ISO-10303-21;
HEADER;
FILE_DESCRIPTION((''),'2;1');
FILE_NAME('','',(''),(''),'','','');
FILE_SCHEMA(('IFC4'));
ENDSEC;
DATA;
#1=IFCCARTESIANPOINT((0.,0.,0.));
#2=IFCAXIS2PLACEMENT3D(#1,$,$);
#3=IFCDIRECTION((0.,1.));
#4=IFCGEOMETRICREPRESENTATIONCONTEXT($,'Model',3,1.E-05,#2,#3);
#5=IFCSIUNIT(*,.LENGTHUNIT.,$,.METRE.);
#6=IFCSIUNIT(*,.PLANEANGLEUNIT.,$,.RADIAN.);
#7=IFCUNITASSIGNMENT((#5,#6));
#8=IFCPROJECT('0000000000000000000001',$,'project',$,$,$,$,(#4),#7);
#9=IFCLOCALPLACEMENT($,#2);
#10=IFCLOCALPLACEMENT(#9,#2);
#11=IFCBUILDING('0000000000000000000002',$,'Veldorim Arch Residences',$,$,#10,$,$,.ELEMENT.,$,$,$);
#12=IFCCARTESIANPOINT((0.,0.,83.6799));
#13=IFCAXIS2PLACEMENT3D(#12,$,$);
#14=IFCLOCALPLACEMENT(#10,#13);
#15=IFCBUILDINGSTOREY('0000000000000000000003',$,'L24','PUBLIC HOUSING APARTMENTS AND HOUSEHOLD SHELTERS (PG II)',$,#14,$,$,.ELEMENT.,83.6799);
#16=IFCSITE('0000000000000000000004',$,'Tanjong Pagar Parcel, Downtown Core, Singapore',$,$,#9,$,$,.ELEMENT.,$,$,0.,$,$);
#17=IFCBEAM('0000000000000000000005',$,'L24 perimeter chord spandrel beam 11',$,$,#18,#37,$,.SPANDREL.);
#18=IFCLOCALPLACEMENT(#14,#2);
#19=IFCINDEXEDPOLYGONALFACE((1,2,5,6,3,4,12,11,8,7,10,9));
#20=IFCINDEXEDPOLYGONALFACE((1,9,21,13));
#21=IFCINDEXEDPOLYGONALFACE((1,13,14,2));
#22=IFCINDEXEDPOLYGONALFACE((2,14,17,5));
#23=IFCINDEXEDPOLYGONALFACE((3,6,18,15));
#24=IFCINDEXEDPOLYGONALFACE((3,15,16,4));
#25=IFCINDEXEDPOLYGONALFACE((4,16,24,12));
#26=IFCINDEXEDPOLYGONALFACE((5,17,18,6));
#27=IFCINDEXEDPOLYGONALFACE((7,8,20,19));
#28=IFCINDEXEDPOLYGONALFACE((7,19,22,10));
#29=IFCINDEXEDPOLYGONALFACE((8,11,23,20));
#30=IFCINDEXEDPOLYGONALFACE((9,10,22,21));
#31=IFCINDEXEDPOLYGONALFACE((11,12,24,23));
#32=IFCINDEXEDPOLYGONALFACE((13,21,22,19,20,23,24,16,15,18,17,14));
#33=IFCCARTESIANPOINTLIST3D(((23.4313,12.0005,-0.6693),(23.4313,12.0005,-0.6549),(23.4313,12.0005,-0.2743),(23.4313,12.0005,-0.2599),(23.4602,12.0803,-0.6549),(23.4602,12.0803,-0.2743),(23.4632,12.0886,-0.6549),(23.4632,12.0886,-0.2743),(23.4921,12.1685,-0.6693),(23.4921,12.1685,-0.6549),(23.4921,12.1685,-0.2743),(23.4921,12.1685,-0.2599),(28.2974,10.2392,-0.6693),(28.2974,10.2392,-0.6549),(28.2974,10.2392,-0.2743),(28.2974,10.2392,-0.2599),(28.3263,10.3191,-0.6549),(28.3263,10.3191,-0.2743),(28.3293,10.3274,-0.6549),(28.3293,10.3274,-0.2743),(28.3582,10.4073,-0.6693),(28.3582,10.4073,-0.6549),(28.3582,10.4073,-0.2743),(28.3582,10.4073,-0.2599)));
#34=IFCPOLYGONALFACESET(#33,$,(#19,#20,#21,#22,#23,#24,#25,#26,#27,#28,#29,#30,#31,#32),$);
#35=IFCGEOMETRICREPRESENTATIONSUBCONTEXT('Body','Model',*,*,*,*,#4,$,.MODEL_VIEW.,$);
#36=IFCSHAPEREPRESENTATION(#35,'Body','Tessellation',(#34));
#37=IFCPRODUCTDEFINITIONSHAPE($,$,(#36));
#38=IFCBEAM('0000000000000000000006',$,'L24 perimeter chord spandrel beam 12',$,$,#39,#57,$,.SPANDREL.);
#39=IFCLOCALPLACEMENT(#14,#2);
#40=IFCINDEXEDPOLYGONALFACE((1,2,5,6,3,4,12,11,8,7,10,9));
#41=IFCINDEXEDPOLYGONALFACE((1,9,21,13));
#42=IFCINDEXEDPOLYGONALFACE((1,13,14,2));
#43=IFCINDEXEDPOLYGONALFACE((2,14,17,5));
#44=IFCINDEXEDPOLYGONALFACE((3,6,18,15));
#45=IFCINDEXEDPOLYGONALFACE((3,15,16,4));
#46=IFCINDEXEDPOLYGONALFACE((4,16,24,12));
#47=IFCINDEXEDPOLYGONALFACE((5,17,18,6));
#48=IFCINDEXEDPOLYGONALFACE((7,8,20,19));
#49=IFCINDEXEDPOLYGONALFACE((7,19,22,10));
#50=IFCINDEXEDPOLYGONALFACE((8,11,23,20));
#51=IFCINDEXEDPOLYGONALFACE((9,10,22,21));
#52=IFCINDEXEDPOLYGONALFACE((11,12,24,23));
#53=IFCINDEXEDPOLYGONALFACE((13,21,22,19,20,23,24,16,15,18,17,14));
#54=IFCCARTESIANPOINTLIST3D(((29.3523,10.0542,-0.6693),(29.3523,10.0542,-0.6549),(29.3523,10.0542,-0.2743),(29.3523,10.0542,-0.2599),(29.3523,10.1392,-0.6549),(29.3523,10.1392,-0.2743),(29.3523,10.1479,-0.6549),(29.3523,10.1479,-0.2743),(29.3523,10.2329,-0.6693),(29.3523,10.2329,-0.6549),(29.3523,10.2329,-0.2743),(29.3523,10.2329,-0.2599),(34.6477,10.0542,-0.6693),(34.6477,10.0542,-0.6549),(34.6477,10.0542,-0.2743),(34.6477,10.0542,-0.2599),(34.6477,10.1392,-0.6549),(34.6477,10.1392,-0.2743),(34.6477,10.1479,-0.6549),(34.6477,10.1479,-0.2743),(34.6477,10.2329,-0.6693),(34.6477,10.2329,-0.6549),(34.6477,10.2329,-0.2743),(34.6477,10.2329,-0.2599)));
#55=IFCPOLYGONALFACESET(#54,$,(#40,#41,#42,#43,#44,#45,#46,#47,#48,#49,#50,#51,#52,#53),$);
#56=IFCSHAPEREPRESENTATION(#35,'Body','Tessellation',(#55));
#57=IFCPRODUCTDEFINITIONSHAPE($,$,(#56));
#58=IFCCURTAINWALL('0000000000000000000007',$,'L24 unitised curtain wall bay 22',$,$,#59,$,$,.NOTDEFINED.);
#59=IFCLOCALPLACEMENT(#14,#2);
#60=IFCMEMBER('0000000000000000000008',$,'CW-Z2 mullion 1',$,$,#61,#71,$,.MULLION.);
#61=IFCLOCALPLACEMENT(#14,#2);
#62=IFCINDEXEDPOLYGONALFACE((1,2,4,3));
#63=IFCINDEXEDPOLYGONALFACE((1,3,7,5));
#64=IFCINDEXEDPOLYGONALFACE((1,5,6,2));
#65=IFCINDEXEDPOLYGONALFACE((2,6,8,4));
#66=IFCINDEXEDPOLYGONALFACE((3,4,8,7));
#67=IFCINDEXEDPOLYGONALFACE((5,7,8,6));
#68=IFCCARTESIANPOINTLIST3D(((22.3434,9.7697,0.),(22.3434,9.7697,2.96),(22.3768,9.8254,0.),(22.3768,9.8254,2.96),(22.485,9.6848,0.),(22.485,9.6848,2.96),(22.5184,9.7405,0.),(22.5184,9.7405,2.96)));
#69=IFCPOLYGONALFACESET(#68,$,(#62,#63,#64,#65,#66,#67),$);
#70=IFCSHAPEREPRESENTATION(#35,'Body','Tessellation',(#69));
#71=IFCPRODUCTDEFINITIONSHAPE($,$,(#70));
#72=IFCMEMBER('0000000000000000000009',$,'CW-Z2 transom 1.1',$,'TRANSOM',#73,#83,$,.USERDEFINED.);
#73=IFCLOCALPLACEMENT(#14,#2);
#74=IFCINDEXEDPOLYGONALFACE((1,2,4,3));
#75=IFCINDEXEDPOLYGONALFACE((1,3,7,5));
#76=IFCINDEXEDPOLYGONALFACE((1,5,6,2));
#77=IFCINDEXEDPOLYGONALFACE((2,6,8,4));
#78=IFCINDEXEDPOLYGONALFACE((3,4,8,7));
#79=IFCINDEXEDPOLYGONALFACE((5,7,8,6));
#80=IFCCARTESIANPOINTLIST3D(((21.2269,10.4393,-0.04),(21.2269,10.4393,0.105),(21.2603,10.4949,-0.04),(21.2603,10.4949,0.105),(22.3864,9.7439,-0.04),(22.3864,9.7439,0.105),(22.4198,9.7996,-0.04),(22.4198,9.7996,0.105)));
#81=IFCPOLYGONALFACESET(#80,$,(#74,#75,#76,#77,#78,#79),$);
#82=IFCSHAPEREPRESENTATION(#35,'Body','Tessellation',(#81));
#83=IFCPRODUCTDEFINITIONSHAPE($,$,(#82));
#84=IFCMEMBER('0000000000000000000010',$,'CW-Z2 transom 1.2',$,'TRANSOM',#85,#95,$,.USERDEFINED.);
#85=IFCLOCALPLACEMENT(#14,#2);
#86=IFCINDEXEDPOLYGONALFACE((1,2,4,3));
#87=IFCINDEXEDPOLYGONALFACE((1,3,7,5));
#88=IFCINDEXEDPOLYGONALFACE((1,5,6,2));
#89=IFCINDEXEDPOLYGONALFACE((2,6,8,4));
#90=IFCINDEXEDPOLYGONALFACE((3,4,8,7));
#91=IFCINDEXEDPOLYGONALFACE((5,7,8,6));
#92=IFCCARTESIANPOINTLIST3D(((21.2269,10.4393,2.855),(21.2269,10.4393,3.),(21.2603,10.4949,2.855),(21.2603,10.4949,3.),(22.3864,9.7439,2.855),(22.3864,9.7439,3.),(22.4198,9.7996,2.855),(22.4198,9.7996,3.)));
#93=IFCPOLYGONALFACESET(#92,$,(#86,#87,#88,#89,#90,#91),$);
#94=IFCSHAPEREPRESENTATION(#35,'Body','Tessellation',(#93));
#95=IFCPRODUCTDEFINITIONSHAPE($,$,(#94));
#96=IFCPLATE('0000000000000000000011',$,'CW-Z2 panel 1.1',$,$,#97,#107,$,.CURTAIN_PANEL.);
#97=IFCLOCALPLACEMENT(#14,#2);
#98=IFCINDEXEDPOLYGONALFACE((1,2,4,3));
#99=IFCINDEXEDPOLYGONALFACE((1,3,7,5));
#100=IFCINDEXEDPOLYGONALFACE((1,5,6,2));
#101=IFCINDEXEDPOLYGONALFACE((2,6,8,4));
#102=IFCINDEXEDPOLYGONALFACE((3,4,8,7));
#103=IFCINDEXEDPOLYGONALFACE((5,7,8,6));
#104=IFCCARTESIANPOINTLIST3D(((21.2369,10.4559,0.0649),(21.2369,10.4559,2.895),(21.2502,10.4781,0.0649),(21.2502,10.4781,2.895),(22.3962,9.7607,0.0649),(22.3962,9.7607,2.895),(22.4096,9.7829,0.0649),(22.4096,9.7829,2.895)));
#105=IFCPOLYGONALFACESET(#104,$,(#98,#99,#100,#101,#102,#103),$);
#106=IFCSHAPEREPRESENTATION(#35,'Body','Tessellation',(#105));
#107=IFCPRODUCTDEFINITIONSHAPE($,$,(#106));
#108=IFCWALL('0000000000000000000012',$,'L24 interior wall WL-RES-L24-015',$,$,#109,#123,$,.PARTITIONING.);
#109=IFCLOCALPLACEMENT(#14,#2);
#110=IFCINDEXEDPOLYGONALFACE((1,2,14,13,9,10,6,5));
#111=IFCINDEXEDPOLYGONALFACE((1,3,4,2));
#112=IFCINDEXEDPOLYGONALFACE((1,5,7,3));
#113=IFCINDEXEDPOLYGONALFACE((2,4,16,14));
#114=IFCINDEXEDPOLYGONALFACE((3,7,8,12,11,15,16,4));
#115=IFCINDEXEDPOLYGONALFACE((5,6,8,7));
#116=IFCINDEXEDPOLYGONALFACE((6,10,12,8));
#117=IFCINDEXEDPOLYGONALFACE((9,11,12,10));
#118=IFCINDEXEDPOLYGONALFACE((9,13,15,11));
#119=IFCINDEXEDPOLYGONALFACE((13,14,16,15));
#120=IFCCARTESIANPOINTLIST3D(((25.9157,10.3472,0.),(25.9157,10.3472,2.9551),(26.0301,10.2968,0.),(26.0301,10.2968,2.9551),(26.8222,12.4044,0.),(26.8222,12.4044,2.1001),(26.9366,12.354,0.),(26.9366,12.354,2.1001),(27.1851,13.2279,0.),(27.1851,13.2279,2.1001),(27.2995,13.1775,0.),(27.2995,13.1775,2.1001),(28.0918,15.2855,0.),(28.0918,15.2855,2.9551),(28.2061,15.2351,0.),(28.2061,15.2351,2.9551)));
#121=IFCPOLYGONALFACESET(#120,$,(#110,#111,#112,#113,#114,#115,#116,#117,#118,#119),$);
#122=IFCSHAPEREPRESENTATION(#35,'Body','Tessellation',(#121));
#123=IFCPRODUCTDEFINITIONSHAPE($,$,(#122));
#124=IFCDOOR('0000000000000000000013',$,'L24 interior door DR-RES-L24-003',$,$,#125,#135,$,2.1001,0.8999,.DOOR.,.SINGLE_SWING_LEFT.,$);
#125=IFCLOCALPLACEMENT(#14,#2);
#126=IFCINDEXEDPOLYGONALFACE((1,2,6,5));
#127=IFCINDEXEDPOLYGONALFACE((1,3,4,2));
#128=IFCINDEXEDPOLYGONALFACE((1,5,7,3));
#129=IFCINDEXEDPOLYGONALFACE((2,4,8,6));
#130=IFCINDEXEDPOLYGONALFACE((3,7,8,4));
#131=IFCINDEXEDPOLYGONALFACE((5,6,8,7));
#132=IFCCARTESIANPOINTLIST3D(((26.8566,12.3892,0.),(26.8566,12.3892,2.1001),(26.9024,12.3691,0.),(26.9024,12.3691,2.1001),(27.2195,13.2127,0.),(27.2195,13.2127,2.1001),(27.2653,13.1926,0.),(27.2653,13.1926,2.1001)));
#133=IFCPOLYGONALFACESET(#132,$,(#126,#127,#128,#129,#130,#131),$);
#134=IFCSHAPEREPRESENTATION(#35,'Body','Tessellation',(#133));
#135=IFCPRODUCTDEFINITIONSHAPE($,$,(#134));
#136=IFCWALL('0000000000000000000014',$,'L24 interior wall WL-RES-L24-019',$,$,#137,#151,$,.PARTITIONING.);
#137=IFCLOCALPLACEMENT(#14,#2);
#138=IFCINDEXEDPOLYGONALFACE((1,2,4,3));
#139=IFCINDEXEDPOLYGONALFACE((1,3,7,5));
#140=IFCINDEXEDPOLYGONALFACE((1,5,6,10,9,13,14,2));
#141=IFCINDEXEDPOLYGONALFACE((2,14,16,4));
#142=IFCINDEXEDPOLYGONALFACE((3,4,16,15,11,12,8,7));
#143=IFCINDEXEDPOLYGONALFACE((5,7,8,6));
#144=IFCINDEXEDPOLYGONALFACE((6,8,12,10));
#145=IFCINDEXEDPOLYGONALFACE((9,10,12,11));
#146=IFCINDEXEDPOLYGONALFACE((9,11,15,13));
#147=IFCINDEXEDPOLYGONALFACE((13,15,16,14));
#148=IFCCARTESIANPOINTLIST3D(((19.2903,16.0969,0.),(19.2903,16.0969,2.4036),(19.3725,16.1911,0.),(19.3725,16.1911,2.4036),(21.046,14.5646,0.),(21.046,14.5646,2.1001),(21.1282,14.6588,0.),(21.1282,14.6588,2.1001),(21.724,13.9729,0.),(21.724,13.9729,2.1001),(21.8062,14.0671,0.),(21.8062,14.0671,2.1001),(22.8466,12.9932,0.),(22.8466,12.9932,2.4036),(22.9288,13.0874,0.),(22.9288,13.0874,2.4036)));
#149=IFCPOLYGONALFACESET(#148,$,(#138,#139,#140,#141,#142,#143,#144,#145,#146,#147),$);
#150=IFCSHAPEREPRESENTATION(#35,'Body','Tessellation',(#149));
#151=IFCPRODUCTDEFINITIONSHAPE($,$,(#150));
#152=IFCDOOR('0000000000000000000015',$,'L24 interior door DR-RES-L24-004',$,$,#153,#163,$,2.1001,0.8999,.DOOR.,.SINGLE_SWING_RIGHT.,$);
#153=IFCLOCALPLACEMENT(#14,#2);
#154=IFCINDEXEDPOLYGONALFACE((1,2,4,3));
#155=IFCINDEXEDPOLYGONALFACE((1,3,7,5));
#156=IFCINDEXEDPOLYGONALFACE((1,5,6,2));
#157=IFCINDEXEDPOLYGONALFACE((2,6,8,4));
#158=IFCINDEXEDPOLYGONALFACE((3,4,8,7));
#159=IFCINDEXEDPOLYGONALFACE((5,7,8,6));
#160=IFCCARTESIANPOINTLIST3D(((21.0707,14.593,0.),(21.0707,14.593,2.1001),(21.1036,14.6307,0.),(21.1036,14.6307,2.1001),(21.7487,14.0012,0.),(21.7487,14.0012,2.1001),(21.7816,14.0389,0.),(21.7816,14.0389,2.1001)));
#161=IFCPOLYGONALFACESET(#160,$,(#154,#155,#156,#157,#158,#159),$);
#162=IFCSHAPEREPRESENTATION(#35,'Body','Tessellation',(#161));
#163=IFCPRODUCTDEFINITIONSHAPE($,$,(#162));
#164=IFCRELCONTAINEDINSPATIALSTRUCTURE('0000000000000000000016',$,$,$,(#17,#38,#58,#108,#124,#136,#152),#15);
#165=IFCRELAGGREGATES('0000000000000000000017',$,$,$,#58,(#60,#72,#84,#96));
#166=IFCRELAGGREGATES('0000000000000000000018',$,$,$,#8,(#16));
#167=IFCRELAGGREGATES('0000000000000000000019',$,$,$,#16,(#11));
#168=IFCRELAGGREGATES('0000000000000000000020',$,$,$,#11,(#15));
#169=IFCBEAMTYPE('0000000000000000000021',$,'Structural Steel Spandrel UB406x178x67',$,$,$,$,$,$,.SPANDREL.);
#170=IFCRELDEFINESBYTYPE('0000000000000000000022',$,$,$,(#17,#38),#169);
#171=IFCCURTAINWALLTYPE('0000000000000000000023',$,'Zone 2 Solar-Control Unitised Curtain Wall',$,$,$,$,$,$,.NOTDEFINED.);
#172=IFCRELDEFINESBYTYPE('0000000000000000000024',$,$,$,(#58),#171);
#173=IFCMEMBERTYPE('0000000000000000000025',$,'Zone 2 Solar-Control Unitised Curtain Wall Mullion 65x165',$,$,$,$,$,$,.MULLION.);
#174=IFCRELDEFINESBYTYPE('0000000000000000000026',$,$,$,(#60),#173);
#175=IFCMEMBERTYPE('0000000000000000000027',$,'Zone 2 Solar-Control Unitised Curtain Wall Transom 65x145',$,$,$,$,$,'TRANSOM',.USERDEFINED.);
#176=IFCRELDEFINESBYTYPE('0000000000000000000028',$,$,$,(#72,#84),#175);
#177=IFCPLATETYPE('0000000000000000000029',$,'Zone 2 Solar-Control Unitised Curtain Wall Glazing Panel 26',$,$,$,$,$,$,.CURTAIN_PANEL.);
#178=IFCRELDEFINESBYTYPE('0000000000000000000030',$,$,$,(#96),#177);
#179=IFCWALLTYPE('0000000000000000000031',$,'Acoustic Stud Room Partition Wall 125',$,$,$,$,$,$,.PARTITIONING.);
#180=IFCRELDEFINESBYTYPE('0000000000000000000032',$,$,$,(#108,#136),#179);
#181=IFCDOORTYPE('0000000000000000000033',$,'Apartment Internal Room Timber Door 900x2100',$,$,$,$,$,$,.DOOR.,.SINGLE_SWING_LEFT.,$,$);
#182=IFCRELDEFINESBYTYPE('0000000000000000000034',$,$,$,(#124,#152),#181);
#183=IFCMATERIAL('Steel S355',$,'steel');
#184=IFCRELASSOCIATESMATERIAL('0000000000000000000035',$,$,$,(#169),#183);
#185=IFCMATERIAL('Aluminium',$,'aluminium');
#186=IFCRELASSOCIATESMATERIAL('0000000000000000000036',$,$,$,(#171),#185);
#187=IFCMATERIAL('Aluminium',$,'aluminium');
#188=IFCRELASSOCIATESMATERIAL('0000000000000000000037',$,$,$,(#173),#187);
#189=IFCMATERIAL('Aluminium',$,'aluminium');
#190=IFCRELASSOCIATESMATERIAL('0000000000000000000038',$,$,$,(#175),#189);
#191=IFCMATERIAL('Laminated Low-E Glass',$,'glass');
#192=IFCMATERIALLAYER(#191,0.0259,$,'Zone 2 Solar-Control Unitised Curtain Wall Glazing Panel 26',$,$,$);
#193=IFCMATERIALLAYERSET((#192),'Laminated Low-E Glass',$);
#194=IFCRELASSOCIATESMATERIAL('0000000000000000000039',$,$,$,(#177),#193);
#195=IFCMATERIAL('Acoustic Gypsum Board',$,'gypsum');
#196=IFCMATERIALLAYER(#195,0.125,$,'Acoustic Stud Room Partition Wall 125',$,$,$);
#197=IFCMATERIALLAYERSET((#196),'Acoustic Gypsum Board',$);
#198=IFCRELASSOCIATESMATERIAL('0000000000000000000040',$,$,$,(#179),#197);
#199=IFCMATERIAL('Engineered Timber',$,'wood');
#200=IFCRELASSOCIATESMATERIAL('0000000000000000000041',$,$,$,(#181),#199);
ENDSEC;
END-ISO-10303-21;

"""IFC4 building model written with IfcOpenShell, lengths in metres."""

from ifc_helpers import new_model, si_unit, direction, frame, frame_2d, origin, origin_2d, place, context, subcontext, project, spatial, rectangle, i_section, extrude, material, layer, layer_set, material_profile, profile_set, type_object, element, fill, aggregate, save


model = new_model("IFC4")

# Units and contexts
model_context = context("Model", 3, precision=1e-05, world=origin(), true_north=direction((0.0, 1.0)))
body_context = subcontext(model_context, "Body", "Model", "MODEL_VIEW")
ifc_project = project(units=[si_unit("LENGTHUNIT", "METRE"), si_unit("PLANEANGLEUNIT", "RADIAN")], contexts=[model_context])

# Site, building, storey
site_placement = place(None, origin())
site = spatial("IfcSite", under=ifc_project, at=site_placement, Name="Tanjong Pagar Parcel, Downtown Core, Singapore", CompositionType="ELEMENT", RefElevation=0.0)
building_placement = place(site_placement, origin())
building = spatial("IfcBuilding", under=site, at=building_placement, Name="Veldorim Arch Residences", CompositionType="ELEMENT")
storey_placement = place(building_placement, frame((0.0, 0.0, 83.6799)))
storey = spatial("IfcBuildingStorey", under=building, at=storey_placement, Name="L24", Description="PUBLIC HOUSING APARTMENTS AND HOUSEHOLD SHELTERS (PG II)", CompositionType="ELEMENT", Elevation=83.6799)

# Beams
ifc_material_1 = material(Name="Steel S355", Category="steel")
ifc_material_profile_1 = material_profile(ifc_material_1, i_section(OverallWidth=0.1787, OverallDepth=0.4094, WebThickness=0.0088, FlangeThickness=0.0144, at=origin_2d()), Name="UB406x178x67")
ifc_profile_set_1 = profile_set([ifc_material_profile_1], Name="Steel S355")
beam_type_1 = type_object("IfcBeamType", Name="Structural Steel Spandrel UB406x178x67", PredefinedType="SPANDREL", material=ifc_profile_set_1)
beam_1_placement = place(storey_placement, frame((23.4617, 12.0845, -0.4646), z_axis=(0.940308, -0.340326, 0.0), x_axis=(0.340326, 0.940308, 0.0)))
element("IfcBeam", 1, at=beam_1_placement, inside=storey, type_object=beam_type_1, Name="L24 perimeter chord spandrel beam 11", PredefinedType="SPANDREL", context=body_context, shape_type="SweptSolid", body=[
    extrude(i_section(OverallWidth=0.1787, OverallDepth=0.4094, WebThickness=0.0088, FlangeThickness=0.0144, at=origin_2d()), origin(), (0.0, 0.0, 1.0), 5.175),
])
beam_2_placement = place(storey_placement, frame((29.3523, 10.1436, -0.4646), z_axis=(1.0, 0.0, 0.0), x_axis=(0.0, 1.0, 0.0)))
element("IfcBeam", 2, at=beam_2_placement, inside=storey, type_object=beam_type_1, Name="L24 perimeter chord spandrel beam 12", PredefinedType="SPANDREL", context=body_context, shape_type="SweptSolid", body=[
    extrude(i_section(OverallWidth=0.1787, OverallDepth=0.4094, WebThickness=0.0088, FlangeThickness=0.0144, at=origin_2d()), origin(), (0.0, 0.0, 1.0), 5.2954),
])

# Curtain wall, members, plate
ifc_material_2 = material(Name="Aluminium", Category="aluminium")
curtain_wall_type = type_object("IfcCurtainWallType", Name="Zone 2 Solar-Control Unitised Curtain Wall", PredefinedType="NOTDEFINED", material=ifc_material_2)
curtain_wall_placement = place(storey_placement, origin())
curtain_wall = element("IfcCurtainWall", 3, at=curtain_wall_placement, inside=storey, type_object=curtain_wall_type, Name="L24 unitised curtain wall bay 22", PredefinedType="NOTDEFINED")
ifc_material_3 = material(Name="Aluminium", Category="aluminium")
ifc_material_profile_2 = material_profile(ifc_material_3, rectangle(XDim=0.0649, YDim=0.165, at=origin_2d()), Name="ALU_MUL_65x165")
ifc_profile_set_2 = profile_set([ifc_material_profile_2], Name="Aluminium")
member_type_1 = type_object("IfcMemberType", Name="Zone 2 Solar-Control Unitised Curtain Wall Mullion 65x165", PredefinedType="MULLION", material=ifc_profile_set_2)
member_1_placement = place(storey_placement, frame((22.4309, 9.7551, 0.0), z_axis=(0.0, 0.0, 1.0), x_axis=(-0.514313, -0.857602, 0.0)))
member_1 = element("IfcMember", 4, at=member_1_placement, type_object=member_type_1, Name="CW-Z2 mullion 1", PredefinedType="MULLION", context=body_context, shape_type="SweptSolid", body=[
    extrude(rectangle(XDim=0.0649, YDim=0.165, at=origin_2d()), origin(), (0.0, 0.0, 1.0), 2.96),
])
ifc_material_4 = material(Name="Aluminium", Category="aluminium")
ifc_material_profile_3 = material_profile(ifc_material_4, rectangle(XDim=0.0649, YDim=0.145, at=origin_2d()), Name="ALU_TRN_65x145")
ifc_profile_set_3 = profile_set([ifc_material_profile_3], Name="Aluminium")
member_type_2 = type_object("IfcMemberType", Name="Zone 2 Solar-Control Unitised Curtain Wall Transom 65x145", ElementType="TRANSOM", PredefinedType="USERDEFINED", material=ifc_profile_set_3)
member_2_placement = place(storey_placement, frame((22.4031, 9.7717, 0.0325), z_axis=(-0.857604, 0.51431, 0.0), x_axis=(-0.51431, -0.857604, 0.0)))
member_2 = element("IfcMember", 5, at=member_2_placement, type_object=member_type_2, Name="CW-Z2 transom 1.1", ObjectType="TRANSOM", PredefinedType="USERDEFINED", context=body_context, shape_type="SweptSolid", body=[
    extrude(rectangle(XDim=0.0649, YDim=0.145, at=origin_2d()), origin(), (0.0, 0.0, 1.0), 1.3521),
])
member_3_placement = place(storey_placement, frame((22.4031, 9.7717, 2.9275), z_axis=(-0.857604, 0.51431, 0.0), x_axis=(-0.51431, -0.857604, 0.0)))
member_3 = element("IfcMember", 6, at=member_3_placement, type_object=member_type_2, Name="CW-Z2 transom 1.2", ObjectType="TRANSOM", PredefinedType="USERDEFINED", context=body_context, shape_type="SweptSolid", body=[
    extrude(rectangle(XDim=0.0649, YDim=0.145, at=origin_2d()), origin(), (0.0, 0.0, 1.0), 1.3521),
])
ifc_material_5 = material(Name="Laminated Low-E Glass", Category="glass")
ifc_layer_1 = layer(ifc_material_5, 0.0259, Name="Zone 2 Solar-Control Unitised Curtain Wall Glazing Panel 26")
ifc_layer_set_1 = layer_set([ifc_layer_1], Name="Laminated Low-E Glass")
plate_type = type_object("IfcPlateType", Name="Zone 2 Solar-Control Unitised Curtain Wall Glazing Panel 26", PredefinedType="CURTAIN_PANEL", material=ifc_layer_set_1)
plate_placement = place(storey_placement, frame((21.8232, 10.1194, 0.0649), z_axis=(0.0, 0.0, 1.0), x_axis=(-0.857602, 0.514313, 0.0)))
plate = element("IfcPlate", 7, at=plate_placement, type_object=plate_type, Name="CW-Z2 panel 1.1", PredefinedType="CURTAIN_PANEL", context=body_context, shape_type="SweptSolid", body=[
    extrude(rectangle(XDim=1.3518, YDim=0.0259, at=origin_2d()), origin(), (0.0, 0.0, 1.0), 2.8301),
])
aggregate(curtain_wall, [member_1, member_2, member_3, plate])

# Walls, openings, doors
ifc_material_6 = material(Name="Acoustic Gypsum Board", Category="gypsum")
ifc_layer_2 = layer(ifc_material_6, 0.125, Name="Acoustic Stud Room Partition Wall 125")
ifc_layer_set_2 = layer_set([ifc_layer_2], Name="Acoustic Gypsum Board")
wall_type_1 = type_object("IfcWallType", Name="Acoustic Stud Room Partition Wall 125", PredefinedType="PARTITIONING", material=ifc_layer_set_2)
wall_1_placement = place(storey_placement, frame((25.9729, 10.322, 0.0), z_axis=(0.0, 0.0, 1.0), x_axis=(0.403236, 0.915096, 0.0)))
wall_1 = element("IfcWall", 8, at=wall_1_placement, inside=storey, type_object=wall_type_1, Name="L24 interior wall WL-RES-L24-015", PredefinedType="PARTITIONING", context=body_context, shape_type="SweptSolid", body=[
    extrude(rectangle(XDim=5.3965, YDim=0.125, at=frame_2d((2.6982, 0.0))), origin(), (0.0, 0.0, 1.0), 2.9551),
])
opening_1_placement = place(wall_1_placement, frame((2.248, 0.0, 0.0)))
opening_1 = element("IfcOpeningElement", 9, at=opening_1_placement, cuts=wall_1, PredefinedType="OPENING", context=body_context, shape_type="SweptSolid", body=[
    extrude(rectangle(XDim=0.8999, YDim=2.1001, at=frame_2d((0.45, 1.05))), frame((0.0, 0.0725, 0.0), z_axis=(0.0, -1.0, 0.0), x_axis=(1.0, 0.0, 0.0)), (0.0, 0.0, 1.0), 0.145),
])
ifc_material_7 = material(Name="Engineered Timber", Category="wood")
door_type_1 = type_object("IfcDoorType", Name="Apartment Internal Room Timber Door 900x2100", OperationType="SINGLE_SWING_LEFT", PredefinedType="DOOR", material=ifc_material_7)
door_1_placement = place(opening_1_placement, origin())
door_1 = element("IfcDoor", 10, at=door_1_placement, inside=storey, type_object=door_type_1, Name="L24 interior door DR-RES-L24-003", OperationType="SINGLE_SWING_LEFT", OverallHeight=2.1001, OverallWidth=0.8999, PredefinedType="DOOR", context=body_context, shape_type="SweptSolid", body=[
    extrude(rectangle(XDim=0.8999, YDim=2.1001, at=frame_2d((0.45, 1.05))), frame((0.0, 0.0249, 0.0), z_axis=(0.0, -1.0, 0.0), x_axis=(1.0, 0.0, 0.0)), (0.0, 0.0, 1.0), 0.05),
])
fill(opening_1, door_1)
wall_2_placement = place(storey_placement, frame((22.8877, 13.0403, 0.0), z_axis=(0.0, 0.0, 1.0), x_axis=(-0.753425, 0.657534, 0.0)))
wall_2 = element("IfcWall", 11, at=wall_2_placement, inside=storey, type_object=wall_type_1, Name="L24 interior wall WL-RES-L24-019", PredefinedType="PARTITIONING", context=body_context, shape_type="SweptSolid", body=[
    extrude(rectangle(XDim=4.7202, YDim=0.125, at=frame_2d((2.3601, 0.0))), origin(), (0.0, 0.0, 1.0), 2.4036),
])
opening_2_placement = place(wall_2_placement, frame((1.49, 0.0, 0.0)))
opening_2 = element("IfcOpeningElement", 12, at=opening_2_placement, cuts=wall_2, PredefinedType="OPENING", context=body_context, shape_type="SweptSolid", body=[
    extrude(rectangle(XDim=0.8999, YDim=2.1001, at=frame_2d((0.45, 1.05))), frame((0.0, 0.0725, 0.0), z_axis=(0.0, -1.0, 0.0), x_axis=(1.0, 0.0, 0.0)), (0.0, 0.0, 1.0), 0.145),
])
door_2_placement = place(opening_2_placement, origin())
door_2 = element("IfcDoor", 13, at=door_2_placement, inside=storey, type_object=door_type_1, Name="L24 interior door DR-RES-L24-004", OperationType="SINGLE_SWING_RIGHT", OverallHeight=2.1001, OverallWidth=0.8999, PredefinedType="DOOR", context=body_context, shape_type="SweptSolid", body=[
    extrude(rectangle(XDim=0.8999, YDim=2.1001, at=frame_2d((0.45, 1.05))), frame((0.0, 0.0249, 0.0), z_axis=(0.0, -1.0, 0.0), x_axis=(1.0, 0.0, 0.0)), (0.0, 0.0, 1.0), 0.05),
])
fill(opening_2, door_2)

save(model, "model.ifc")
